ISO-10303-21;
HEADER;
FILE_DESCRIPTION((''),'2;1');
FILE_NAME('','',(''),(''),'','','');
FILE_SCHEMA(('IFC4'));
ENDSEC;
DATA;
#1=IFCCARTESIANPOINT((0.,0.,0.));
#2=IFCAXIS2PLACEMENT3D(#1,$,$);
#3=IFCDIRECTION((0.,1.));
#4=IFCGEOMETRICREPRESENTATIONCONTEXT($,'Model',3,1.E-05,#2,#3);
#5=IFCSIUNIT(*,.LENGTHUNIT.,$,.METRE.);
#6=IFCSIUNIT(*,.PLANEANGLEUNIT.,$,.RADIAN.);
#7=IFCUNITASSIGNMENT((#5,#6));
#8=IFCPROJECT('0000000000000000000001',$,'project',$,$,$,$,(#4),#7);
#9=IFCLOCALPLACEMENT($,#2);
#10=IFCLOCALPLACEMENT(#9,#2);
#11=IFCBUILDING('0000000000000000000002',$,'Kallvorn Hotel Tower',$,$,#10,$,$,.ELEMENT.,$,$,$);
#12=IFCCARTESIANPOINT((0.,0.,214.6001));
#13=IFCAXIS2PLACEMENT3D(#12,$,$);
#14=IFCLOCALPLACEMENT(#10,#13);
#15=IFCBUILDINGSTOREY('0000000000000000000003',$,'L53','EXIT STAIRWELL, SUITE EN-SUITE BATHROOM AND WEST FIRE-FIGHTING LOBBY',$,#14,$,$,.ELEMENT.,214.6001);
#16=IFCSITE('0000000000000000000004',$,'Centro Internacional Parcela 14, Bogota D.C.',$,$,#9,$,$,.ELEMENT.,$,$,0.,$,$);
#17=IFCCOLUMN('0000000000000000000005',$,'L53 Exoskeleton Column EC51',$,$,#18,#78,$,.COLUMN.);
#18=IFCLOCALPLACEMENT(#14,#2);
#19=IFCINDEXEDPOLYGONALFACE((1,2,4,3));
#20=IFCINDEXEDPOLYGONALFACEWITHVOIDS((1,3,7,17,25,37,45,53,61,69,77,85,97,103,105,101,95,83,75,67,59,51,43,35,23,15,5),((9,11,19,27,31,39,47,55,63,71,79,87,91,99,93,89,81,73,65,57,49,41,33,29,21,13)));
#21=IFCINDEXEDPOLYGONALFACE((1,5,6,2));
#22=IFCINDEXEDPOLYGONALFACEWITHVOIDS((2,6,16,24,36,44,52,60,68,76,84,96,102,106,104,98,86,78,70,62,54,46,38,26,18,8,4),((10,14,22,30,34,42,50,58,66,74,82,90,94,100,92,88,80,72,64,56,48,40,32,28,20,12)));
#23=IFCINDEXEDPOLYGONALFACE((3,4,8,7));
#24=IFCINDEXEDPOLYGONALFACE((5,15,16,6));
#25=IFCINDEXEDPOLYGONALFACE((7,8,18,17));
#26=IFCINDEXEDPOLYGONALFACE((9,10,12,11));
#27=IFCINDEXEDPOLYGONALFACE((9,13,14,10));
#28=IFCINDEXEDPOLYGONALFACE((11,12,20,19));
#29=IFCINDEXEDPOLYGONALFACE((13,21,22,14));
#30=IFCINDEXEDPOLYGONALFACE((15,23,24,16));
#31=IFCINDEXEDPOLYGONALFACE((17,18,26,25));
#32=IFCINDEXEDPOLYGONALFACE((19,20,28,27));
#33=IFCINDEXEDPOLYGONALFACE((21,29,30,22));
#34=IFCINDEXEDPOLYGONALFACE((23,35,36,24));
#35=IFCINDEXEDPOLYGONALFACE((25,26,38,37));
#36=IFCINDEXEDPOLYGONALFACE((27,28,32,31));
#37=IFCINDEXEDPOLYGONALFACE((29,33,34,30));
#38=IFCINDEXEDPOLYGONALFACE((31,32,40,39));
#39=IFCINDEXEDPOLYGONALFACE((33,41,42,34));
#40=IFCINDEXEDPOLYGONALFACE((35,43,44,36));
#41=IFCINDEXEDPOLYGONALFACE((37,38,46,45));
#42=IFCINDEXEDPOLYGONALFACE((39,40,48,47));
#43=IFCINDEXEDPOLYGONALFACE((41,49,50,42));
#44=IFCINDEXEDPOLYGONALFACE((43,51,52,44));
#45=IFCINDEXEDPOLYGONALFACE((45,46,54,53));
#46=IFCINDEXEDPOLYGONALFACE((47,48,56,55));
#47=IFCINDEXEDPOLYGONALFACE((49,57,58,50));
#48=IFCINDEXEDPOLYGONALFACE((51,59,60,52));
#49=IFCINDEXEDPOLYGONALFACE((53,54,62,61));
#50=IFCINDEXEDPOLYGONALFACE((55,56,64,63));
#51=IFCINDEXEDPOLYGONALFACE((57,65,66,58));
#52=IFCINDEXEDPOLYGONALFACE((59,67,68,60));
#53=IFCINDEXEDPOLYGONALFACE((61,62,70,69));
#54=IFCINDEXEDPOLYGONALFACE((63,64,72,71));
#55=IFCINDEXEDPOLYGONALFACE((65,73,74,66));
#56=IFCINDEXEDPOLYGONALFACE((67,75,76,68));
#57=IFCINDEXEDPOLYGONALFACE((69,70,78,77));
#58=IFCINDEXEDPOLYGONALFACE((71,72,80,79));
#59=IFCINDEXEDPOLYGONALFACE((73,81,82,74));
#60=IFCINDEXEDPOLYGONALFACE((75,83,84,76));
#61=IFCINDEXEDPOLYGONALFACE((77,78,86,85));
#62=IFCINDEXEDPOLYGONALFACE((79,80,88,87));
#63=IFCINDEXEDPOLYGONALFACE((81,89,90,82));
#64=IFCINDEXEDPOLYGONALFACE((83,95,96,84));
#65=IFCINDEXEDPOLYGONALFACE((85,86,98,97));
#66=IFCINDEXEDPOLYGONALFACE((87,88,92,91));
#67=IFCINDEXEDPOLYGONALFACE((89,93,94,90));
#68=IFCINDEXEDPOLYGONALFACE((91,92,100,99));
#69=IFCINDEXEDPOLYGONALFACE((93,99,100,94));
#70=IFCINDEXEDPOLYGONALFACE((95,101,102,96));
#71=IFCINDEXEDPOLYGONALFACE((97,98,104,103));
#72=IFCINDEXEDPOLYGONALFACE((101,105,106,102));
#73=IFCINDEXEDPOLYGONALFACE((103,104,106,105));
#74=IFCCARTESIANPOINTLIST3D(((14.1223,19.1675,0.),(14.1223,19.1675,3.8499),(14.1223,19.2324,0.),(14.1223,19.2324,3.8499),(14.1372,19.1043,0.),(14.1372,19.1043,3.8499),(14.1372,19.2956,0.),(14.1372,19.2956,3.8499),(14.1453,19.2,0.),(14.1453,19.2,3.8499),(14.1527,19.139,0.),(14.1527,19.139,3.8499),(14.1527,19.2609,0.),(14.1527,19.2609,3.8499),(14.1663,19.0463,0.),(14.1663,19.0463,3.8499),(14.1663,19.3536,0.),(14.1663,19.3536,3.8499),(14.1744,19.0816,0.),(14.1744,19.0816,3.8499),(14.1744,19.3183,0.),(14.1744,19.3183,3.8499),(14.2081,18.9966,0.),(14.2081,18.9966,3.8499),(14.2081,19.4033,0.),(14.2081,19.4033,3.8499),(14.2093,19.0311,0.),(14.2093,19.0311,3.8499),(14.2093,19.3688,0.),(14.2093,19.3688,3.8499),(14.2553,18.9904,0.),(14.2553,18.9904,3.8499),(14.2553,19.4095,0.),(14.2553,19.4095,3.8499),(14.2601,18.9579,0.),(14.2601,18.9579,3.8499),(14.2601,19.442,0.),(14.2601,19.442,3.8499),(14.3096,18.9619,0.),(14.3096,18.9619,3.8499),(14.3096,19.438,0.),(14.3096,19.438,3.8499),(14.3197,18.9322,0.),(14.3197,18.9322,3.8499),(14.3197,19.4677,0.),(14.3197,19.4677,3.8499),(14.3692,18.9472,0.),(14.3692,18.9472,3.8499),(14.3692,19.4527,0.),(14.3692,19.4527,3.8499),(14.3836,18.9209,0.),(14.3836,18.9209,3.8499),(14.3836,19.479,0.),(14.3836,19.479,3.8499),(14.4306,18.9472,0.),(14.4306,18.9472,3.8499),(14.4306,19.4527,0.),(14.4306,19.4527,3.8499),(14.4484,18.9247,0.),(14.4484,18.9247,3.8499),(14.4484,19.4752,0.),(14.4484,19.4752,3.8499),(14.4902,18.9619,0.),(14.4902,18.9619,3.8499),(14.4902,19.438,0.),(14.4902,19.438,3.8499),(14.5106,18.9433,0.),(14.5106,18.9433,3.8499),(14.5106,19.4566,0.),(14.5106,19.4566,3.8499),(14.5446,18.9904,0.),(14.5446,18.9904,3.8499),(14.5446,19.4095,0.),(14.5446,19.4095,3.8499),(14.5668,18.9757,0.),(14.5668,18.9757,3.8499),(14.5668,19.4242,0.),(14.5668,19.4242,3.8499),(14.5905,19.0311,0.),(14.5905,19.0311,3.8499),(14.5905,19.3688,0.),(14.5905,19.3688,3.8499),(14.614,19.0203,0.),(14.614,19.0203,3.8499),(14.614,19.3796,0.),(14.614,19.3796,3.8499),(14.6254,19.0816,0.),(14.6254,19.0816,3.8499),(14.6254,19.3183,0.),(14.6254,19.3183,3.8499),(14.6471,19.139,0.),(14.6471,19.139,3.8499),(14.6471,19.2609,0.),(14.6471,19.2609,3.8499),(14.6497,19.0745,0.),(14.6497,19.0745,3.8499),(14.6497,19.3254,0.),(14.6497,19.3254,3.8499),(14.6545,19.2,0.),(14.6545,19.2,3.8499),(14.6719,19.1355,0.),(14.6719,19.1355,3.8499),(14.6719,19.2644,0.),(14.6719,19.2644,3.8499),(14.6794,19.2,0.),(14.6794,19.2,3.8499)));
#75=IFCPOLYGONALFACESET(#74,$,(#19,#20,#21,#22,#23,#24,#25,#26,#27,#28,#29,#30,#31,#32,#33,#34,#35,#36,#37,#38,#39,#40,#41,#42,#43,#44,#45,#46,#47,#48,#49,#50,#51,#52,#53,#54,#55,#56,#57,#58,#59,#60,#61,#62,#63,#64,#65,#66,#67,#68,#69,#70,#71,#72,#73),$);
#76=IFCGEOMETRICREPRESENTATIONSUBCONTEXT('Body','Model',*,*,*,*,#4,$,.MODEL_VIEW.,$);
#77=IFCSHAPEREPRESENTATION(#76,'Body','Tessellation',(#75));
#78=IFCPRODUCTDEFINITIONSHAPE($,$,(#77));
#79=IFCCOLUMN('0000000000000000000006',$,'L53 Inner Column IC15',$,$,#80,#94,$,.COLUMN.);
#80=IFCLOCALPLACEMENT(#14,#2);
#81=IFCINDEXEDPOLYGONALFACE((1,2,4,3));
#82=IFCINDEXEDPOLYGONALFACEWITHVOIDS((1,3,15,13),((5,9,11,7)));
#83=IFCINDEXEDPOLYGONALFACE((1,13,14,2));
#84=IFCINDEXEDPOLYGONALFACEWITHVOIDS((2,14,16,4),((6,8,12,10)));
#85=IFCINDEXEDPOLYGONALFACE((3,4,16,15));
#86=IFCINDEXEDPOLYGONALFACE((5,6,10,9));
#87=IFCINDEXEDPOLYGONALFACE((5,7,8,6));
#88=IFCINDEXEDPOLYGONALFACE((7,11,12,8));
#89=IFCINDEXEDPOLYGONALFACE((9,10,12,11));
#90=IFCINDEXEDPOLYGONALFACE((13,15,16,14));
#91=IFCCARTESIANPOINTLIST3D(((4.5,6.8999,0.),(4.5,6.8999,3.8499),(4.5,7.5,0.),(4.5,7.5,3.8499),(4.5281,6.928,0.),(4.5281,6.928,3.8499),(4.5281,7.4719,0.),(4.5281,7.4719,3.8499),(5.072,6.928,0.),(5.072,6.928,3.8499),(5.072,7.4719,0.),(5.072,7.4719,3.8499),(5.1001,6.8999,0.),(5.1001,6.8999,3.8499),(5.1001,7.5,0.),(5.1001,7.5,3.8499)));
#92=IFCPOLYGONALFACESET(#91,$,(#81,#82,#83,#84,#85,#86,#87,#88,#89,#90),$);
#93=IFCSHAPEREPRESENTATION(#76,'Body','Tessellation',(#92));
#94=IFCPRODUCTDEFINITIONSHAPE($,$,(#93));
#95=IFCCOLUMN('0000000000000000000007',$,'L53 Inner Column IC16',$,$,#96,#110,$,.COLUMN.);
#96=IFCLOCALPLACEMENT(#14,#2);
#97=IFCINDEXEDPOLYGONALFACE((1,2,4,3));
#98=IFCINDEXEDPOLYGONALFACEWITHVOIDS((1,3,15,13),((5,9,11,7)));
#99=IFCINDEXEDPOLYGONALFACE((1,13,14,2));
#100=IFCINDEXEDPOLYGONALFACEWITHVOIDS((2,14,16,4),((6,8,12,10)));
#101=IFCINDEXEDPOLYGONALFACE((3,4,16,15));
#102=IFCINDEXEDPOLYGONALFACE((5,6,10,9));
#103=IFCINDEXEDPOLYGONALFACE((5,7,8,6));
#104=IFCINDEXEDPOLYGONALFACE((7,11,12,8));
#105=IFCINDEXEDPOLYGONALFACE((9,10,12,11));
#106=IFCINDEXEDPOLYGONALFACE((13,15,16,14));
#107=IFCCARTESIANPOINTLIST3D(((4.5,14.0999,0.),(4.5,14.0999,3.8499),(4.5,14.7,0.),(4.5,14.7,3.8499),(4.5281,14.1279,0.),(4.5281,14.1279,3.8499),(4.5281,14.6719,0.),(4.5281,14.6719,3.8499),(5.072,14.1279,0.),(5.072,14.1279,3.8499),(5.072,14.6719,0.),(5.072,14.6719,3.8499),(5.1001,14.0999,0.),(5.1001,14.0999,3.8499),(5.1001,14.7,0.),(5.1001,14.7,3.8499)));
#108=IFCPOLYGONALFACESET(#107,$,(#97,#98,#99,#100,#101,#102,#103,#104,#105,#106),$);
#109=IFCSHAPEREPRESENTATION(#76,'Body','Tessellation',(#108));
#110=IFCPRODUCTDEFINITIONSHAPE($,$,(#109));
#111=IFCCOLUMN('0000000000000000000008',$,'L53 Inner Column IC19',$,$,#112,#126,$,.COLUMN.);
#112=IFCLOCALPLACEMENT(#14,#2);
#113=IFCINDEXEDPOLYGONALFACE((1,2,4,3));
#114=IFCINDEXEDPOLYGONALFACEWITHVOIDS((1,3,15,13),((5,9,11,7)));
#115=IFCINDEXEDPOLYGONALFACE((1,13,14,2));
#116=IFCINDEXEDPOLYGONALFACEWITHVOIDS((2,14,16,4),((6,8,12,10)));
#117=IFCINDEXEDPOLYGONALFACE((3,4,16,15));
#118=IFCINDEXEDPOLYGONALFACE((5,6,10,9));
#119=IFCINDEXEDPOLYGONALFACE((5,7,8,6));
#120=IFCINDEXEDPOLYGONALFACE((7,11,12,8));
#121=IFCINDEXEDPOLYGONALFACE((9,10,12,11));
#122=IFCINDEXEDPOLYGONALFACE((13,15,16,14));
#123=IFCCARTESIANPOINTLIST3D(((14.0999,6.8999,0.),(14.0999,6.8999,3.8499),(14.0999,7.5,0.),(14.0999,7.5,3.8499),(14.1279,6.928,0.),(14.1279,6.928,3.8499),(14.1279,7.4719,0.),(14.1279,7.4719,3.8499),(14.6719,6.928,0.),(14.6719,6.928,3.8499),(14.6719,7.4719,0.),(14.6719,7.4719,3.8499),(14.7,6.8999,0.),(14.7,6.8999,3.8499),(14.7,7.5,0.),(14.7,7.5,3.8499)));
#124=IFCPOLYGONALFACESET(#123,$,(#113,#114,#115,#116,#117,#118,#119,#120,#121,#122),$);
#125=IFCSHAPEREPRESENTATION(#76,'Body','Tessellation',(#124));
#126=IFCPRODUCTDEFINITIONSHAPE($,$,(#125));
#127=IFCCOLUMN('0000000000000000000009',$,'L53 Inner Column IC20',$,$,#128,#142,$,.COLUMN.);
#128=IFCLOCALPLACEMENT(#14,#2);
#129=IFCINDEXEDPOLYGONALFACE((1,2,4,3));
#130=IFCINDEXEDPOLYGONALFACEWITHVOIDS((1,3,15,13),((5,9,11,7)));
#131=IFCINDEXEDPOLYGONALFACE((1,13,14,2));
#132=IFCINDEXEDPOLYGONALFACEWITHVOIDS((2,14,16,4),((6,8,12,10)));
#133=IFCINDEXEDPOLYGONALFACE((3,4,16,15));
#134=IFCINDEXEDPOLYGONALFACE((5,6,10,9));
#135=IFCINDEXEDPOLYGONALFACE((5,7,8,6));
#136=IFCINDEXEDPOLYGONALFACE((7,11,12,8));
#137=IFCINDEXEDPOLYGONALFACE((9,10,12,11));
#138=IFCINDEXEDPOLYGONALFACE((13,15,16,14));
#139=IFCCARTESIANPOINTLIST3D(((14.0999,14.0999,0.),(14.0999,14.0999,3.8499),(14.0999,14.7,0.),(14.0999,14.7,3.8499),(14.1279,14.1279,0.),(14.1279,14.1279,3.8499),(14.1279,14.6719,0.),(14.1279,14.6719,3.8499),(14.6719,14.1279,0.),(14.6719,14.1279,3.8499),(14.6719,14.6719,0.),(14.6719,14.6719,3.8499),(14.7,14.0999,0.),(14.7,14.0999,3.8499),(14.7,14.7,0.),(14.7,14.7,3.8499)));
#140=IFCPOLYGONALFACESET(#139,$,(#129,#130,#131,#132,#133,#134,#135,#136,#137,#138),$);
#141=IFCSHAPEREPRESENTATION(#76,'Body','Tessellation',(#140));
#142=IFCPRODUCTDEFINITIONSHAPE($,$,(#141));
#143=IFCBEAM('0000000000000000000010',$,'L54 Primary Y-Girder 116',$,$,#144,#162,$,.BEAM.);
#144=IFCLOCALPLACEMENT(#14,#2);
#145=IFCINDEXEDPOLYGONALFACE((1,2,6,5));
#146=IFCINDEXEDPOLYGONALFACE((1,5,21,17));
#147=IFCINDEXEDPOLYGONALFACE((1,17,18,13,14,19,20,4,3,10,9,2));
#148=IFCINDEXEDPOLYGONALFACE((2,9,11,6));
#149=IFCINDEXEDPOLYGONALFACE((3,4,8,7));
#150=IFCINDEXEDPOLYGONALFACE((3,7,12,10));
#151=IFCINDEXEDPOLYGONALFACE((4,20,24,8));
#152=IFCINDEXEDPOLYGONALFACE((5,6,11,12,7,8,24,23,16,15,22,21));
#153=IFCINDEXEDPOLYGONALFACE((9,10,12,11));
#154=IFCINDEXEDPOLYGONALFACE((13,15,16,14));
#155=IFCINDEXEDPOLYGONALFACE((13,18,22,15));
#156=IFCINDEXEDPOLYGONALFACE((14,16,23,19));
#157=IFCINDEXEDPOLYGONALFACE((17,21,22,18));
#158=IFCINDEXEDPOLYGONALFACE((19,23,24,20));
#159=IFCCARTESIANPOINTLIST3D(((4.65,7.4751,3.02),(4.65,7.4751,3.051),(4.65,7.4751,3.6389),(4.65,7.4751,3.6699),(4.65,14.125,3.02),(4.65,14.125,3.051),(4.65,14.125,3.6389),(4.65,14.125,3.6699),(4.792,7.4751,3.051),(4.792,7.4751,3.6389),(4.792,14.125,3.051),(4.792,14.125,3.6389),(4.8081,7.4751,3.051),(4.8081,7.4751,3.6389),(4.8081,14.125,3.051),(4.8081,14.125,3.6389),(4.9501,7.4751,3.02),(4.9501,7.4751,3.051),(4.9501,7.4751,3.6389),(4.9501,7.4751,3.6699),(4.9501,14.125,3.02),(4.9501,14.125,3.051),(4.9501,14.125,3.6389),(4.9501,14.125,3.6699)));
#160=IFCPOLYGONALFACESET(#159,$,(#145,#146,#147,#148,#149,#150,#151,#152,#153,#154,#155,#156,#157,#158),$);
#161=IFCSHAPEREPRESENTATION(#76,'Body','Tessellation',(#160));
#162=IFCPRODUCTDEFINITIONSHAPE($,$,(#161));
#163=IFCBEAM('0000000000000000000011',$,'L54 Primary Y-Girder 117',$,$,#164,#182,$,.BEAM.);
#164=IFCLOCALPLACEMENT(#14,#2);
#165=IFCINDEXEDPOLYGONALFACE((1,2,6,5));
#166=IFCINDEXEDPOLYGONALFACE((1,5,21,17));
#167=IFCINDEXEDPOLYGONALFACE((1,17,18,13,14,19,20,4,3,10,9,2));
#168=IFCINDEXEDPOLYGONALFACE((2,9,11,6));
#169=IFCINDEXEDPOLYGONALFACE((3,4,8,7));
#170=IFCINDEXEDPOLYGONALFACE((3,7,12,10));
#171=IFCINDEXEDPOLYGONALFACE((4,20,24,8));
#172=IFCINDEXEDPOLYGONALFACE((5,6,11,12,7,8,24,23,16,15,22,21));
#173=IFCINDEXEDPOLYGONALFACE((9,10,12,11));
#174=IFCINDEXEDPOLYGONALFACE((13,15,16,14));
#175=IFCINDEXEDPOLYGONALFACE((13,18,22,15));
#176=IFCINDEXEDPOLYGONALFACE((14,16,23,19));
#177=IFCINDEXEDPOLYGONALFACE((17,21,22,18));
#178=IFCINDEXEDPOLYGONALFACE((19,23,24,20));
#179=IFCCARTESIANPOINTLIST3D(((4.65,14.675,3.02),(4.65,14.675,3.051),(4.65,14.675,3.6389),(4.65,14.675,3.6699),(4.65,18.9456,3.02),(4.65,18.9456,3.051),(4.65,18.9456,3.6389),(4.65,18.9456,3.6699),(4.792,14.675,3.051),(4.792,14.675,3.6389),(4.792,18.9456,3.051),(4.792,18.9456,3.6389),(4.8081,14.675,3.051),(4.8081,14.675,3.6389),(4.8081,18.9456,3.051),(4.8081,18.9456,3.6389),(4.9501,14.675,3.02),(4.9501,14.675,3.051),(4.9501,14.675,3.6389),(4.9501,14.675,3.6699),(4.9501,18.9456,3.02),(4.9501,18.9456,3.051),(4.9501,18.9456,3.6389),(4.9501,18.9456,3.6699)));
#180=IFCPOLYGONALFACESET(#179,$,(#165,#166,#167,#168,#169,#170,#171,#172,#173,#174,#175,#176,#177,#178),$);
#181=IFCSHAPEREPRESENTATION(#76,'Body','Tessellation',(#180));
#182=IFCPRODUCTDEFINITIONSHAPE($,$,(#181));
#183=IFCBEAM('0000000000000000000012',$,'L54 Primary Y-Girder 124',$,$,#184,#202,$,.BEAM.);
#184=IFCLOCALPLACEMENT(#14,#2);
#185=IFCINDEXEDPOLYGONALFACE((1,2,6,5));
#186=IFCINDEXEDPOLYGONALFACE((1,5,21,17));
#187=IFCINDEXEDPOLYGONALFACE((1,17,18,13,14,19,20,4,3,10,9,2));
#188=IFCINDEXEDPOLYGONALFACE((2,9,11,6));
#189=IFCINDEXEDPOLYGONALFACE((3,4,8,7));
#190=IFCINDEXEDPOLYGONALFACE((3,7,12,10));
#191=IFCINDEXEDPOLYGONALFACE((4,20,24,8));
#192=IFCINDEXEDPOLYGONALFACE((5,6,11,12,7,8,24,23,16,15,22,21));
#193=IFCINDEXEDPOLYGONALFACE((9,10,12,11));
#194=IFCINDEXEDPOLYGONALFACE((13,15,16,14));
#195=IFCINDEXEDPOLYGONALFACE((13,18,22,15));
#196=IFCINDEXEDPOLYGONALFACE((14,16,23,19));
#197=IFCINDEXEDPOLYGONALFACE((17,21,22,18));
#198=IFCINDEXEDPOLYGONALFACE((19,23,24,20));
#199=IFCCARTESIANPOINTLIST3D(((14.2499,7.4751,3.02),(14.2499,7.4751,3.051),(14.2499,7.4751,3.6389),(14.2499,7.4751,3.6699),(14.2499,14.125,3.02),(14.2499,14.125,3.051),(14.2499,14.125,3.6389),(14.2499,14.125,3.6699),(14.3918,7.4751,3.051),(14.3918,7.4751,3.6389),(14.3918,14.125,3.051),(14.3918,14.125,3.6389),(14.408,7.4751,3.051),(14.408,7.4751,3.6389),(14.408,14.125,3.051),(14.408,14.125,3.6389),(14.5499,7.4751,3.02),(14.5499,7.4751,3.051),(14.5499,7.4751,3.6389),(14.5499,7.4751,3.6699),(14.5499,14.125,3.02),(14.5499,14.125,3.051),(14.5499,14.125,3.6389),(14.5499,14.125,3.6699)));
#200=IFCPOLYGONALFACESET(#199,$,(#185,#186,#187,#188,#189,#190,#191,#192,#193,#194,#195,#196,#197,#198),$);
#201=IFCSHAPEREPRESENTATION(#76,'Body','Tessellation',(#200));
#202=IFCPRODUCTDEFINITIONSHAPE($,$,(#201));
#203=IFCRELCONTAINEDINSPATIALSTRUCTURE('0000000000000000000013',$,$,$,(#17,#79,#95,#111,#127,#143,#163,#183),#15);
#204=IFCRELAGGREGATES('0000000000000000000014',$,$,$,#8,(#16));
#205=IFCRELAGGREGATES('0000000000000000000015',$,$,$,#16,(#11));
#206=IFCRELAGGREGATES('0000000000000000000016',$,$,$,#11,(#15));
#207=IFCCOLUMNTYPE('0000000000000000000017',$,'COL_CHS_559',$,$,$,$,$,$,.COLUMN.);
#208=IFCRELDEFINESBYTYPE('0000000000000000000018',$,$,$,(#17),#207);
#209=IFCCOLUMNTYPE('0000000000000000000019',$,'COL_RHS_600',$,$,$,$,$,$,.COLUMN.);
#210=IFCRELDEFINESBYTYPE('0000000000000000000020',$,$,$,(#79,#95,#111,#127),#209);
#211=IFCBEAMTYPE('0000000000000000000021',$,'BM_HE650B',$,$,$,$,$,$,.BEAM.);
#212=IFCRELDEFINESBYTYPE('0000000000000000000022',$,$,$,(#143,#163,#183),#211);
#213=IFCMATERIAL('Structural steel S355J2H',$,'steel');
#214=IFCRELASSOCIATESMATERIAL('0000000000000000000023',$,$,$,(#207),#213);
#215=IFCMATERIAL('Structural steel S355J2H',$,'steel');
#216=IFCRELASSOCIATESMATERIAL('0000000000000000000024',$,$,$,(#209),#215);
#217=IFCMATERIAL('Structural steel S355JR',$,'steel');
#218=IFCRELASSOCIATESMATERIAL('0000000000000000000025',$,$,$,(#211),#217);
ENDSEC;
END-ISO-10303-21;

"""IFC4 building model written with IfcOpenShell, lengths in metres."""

from ifc_helpers import new_model, si_unit, direction, frame, origin, origin_2d, place, context, subcontext, project, spatial, hollow_rectangle, hollow_circle, i_section, extrude, material, material_profile, profile_set, type_object, element, save


model = new_model("IFC4")

# Units and contexts
model_context = context("Model", 3, precision=1e-05, world=origin(), true_north=direction((0.0, 1.0)))
body_context = subcontext(model_context, "Body", "Model", "MODEL_VIEW")
ifc_project = project(units=[si_unit("LENGTHUNIT", "METRE"), si_unit("PLANEANGLEUNIT", "RADIAN")], contexts=[model_context])

# Site, building, storey
site_placement = place(None, origin())
site = spatial("IfcSite", under=ifc_project, at=site_placement, Name="Centro Internacional Parcela 14, Bogota D.C.", CompositionType="ELEMENT", RefElevation=0.0)
building_placement = place(site_placement, origin())
building = spatial("IfcBuilding", under=site, at=building_placement, Name="Kallvorn Hotel Tower", CompositionType="ELEMENT")
storey_placement = place(building_placement, frame((0.0, 0.0, 214.6001)))
storey = spatial("IfcBuildingStorey", under=building, at=storey_placement, Name="L53", Description="EXIT STAIRWELL, SUITE EN-SUITE BATHROOM AND WEST FIRE-FIGHTING LOBBY", CompositionType="ELEMENT", Elevation=214.6001)

# Columns
ifc_material_1 = material(Name="Structural steel S355J2H", Category="steel")
ifc_material_profile_1 = material_profile(ifc_material_1, hollow_circle(Radius=0.2795, WallThickness=0.0249, at=origin_2d()), Name="CHS 559x25")
ifc_profile_set_1 = profile_set([ifc_material_profile_1], Name="Structural steel S355J2H")
column_type_1 = type_object("IfcColumnType", Name="COL_CHS_559", PredefinedType="COLUMN", material=ifc_profile_set_1)
for number, where, z_axis, x_axis, name in (
    (1, (14.3999, 19.2, 0.0), (0.0, 0.0, 1.0), (1.0, 0.0, 0.0), "L53 Exoskeleton Column EC51"),
):
    element("IfcColumn", number, at=place(storey_placement, frame(where, z_axis=z_axis, x_axis=x_axis)), inside=storey, type_object=column_type_1, Name=name, PredefinedType="COLUMN", context=body_context, shape_type="SweptSolid", body=[
        extrude(hollow_circle(Radius=0.2795, WallThickness=0.0249, at=origin_2d()), origin(), (0.0, 0.0, 1.0), 3.8499),
    ])
ifc_material_2 = material(Name="Structural steel S355J2H", Category="steel")
ifc_material_profile_2 = material_profile(ifc_material_2, hollow_rectangle(XDim=0.6001, YDim=0.6001, WallThickness=0.0281, at=origin_2d()), Name="RHS 600x600x28")
ifc_profile_set_2 = profile_set([ifc_material_profile_2], Name="Structural steel S355J2H")
column_type_2 = type_object("IfcColumnType", Name="COL_RHS_600", PredefinedType="COLUMN", material=ifc_profile_set_2)
for number, where, z_axis, x_axis, name in (
    (2, (4.8, 7.2, 0.0), (0.0, 0.0, 1.0), (1.0, 0.0, 0.0), "L53 Inner Column IC15"),
    (3, (4.8, 14.3999, 0.0), (0.0, 0.0, 1.0), (1.0, 0.0, 0.0), "L53 Inner Column IC16"),
    (4, (14.3999, 7.2, 0.0), (0.0, 0.0, 1.0), (1.0, 0.0, 0.0), "L53 Inner Column IC19"),
    (5, (14.3999, 14.3999, 0.0), (0.0, 0.0, 1.0), (1.0, 0.0, 0.0), "L53 Inner Column IC20"),
):
    element("IfcColumn", number, at=place(storey_placement, frame(where, z_axis=z_axis, x_axis=x_axis)), inside=storey, type_object=column_type_2, Name=name, PredefinedType="COLUMN", context=body_context, shape_type="SweptSolid", body=[
        extrude(hollow_rectangle(XDim=0.6001, YDim=0.6001, WallThickness=0.0281, at=origin_2d()), origin(), (0.0, 0.0, 1.0), 3.8499),
    ])

# Beams
ifc_material_3 = material(Name="Structural steel S355JR", Category="steel")
ifc_material_profile_3 = material_profile(ifc_material_3, i_section(OverallWidth=0.3, OverallDepth=0.6499, WebThickness=0.0161, FlangeThickness=0.031, at=origin_2d()), Name="HE 650 B")
ifc_profile_set_3 = profile_set([ifc_material_profile_3], Name="Structural steel S355JR")
beam_type_1 = type_object("IfcBeamType", Name="BM_HE650B", PredefinedType="BEAM", material=ifc_profile_set_3)
beam_1_placement = place(storey_placement, frame((4.8, 7.4751, 3.345), z_axis=(0.0, 1.0, 0.0), x_axis=(-1.0, 0.0, 0.0)))
element("IfcBeam", 6, at=beam_1_placement, inside=storey, type_object=beam_type_1, Name="L54 Primary Y-Girder 116", PredefinedType="BEAM", context=body_context, shape_type="SweptSolid", body=[
    extrude(i_section(OverallWidth=0.3, OverallDepth=0.6499, WebThickness=0.0161, FlangeThickness=0.031, at=origin_2d()), origin(), (0.0, 0.0, 1.0), 6.6499),
])
beam_2_placement = place(storey_placement, frame((4.8, 14.675, 3.345), z_axis=(0.0, 1.0, 0.0), x_axis=(-1.0, 0.0, 0.0)))
element("IfcBeam", 7, at=beam_2_placement, inside=storey, type_object=beam_type_1, Name="L54 Primary Y-Girder 117", PredefinedType="BEAM", context=body_context, shape_type="SweptSolid", body=[
    extrude(i_section(OverallWidth=0.3, OverallDepth=0.6499, WebThickness=0.0161, FlangeThickness=0.031, at=origin_2d()), origin(), (0.0, 0.0, 1.0), 4.2705),
])
beam_3_placement = place(storey_placement, frame((14.3999, 7.4751, 3.345), z_axis=(0.0, 1.0, 0.0), x_axis=(-1.0, 0.0, 0.0)))
element("IfcBeam", 8, at=beam_3_placement, inside=storey, type_object=beam_type_1, Name="L54 Primary Y-Girder 124", PredefinedType="BEAM", context=body_context, shape_type="SweptSolid", body=[
    extrude(i_section(OverallWidth=0.3, OverallDepth=0.6499, WebThickness=0.0161, FlangeThickness=0.031, at=origin_2d()), origin(), (0.0, 0.0, 1.0), 6.6499),
])

save(model, "model.ifc")
